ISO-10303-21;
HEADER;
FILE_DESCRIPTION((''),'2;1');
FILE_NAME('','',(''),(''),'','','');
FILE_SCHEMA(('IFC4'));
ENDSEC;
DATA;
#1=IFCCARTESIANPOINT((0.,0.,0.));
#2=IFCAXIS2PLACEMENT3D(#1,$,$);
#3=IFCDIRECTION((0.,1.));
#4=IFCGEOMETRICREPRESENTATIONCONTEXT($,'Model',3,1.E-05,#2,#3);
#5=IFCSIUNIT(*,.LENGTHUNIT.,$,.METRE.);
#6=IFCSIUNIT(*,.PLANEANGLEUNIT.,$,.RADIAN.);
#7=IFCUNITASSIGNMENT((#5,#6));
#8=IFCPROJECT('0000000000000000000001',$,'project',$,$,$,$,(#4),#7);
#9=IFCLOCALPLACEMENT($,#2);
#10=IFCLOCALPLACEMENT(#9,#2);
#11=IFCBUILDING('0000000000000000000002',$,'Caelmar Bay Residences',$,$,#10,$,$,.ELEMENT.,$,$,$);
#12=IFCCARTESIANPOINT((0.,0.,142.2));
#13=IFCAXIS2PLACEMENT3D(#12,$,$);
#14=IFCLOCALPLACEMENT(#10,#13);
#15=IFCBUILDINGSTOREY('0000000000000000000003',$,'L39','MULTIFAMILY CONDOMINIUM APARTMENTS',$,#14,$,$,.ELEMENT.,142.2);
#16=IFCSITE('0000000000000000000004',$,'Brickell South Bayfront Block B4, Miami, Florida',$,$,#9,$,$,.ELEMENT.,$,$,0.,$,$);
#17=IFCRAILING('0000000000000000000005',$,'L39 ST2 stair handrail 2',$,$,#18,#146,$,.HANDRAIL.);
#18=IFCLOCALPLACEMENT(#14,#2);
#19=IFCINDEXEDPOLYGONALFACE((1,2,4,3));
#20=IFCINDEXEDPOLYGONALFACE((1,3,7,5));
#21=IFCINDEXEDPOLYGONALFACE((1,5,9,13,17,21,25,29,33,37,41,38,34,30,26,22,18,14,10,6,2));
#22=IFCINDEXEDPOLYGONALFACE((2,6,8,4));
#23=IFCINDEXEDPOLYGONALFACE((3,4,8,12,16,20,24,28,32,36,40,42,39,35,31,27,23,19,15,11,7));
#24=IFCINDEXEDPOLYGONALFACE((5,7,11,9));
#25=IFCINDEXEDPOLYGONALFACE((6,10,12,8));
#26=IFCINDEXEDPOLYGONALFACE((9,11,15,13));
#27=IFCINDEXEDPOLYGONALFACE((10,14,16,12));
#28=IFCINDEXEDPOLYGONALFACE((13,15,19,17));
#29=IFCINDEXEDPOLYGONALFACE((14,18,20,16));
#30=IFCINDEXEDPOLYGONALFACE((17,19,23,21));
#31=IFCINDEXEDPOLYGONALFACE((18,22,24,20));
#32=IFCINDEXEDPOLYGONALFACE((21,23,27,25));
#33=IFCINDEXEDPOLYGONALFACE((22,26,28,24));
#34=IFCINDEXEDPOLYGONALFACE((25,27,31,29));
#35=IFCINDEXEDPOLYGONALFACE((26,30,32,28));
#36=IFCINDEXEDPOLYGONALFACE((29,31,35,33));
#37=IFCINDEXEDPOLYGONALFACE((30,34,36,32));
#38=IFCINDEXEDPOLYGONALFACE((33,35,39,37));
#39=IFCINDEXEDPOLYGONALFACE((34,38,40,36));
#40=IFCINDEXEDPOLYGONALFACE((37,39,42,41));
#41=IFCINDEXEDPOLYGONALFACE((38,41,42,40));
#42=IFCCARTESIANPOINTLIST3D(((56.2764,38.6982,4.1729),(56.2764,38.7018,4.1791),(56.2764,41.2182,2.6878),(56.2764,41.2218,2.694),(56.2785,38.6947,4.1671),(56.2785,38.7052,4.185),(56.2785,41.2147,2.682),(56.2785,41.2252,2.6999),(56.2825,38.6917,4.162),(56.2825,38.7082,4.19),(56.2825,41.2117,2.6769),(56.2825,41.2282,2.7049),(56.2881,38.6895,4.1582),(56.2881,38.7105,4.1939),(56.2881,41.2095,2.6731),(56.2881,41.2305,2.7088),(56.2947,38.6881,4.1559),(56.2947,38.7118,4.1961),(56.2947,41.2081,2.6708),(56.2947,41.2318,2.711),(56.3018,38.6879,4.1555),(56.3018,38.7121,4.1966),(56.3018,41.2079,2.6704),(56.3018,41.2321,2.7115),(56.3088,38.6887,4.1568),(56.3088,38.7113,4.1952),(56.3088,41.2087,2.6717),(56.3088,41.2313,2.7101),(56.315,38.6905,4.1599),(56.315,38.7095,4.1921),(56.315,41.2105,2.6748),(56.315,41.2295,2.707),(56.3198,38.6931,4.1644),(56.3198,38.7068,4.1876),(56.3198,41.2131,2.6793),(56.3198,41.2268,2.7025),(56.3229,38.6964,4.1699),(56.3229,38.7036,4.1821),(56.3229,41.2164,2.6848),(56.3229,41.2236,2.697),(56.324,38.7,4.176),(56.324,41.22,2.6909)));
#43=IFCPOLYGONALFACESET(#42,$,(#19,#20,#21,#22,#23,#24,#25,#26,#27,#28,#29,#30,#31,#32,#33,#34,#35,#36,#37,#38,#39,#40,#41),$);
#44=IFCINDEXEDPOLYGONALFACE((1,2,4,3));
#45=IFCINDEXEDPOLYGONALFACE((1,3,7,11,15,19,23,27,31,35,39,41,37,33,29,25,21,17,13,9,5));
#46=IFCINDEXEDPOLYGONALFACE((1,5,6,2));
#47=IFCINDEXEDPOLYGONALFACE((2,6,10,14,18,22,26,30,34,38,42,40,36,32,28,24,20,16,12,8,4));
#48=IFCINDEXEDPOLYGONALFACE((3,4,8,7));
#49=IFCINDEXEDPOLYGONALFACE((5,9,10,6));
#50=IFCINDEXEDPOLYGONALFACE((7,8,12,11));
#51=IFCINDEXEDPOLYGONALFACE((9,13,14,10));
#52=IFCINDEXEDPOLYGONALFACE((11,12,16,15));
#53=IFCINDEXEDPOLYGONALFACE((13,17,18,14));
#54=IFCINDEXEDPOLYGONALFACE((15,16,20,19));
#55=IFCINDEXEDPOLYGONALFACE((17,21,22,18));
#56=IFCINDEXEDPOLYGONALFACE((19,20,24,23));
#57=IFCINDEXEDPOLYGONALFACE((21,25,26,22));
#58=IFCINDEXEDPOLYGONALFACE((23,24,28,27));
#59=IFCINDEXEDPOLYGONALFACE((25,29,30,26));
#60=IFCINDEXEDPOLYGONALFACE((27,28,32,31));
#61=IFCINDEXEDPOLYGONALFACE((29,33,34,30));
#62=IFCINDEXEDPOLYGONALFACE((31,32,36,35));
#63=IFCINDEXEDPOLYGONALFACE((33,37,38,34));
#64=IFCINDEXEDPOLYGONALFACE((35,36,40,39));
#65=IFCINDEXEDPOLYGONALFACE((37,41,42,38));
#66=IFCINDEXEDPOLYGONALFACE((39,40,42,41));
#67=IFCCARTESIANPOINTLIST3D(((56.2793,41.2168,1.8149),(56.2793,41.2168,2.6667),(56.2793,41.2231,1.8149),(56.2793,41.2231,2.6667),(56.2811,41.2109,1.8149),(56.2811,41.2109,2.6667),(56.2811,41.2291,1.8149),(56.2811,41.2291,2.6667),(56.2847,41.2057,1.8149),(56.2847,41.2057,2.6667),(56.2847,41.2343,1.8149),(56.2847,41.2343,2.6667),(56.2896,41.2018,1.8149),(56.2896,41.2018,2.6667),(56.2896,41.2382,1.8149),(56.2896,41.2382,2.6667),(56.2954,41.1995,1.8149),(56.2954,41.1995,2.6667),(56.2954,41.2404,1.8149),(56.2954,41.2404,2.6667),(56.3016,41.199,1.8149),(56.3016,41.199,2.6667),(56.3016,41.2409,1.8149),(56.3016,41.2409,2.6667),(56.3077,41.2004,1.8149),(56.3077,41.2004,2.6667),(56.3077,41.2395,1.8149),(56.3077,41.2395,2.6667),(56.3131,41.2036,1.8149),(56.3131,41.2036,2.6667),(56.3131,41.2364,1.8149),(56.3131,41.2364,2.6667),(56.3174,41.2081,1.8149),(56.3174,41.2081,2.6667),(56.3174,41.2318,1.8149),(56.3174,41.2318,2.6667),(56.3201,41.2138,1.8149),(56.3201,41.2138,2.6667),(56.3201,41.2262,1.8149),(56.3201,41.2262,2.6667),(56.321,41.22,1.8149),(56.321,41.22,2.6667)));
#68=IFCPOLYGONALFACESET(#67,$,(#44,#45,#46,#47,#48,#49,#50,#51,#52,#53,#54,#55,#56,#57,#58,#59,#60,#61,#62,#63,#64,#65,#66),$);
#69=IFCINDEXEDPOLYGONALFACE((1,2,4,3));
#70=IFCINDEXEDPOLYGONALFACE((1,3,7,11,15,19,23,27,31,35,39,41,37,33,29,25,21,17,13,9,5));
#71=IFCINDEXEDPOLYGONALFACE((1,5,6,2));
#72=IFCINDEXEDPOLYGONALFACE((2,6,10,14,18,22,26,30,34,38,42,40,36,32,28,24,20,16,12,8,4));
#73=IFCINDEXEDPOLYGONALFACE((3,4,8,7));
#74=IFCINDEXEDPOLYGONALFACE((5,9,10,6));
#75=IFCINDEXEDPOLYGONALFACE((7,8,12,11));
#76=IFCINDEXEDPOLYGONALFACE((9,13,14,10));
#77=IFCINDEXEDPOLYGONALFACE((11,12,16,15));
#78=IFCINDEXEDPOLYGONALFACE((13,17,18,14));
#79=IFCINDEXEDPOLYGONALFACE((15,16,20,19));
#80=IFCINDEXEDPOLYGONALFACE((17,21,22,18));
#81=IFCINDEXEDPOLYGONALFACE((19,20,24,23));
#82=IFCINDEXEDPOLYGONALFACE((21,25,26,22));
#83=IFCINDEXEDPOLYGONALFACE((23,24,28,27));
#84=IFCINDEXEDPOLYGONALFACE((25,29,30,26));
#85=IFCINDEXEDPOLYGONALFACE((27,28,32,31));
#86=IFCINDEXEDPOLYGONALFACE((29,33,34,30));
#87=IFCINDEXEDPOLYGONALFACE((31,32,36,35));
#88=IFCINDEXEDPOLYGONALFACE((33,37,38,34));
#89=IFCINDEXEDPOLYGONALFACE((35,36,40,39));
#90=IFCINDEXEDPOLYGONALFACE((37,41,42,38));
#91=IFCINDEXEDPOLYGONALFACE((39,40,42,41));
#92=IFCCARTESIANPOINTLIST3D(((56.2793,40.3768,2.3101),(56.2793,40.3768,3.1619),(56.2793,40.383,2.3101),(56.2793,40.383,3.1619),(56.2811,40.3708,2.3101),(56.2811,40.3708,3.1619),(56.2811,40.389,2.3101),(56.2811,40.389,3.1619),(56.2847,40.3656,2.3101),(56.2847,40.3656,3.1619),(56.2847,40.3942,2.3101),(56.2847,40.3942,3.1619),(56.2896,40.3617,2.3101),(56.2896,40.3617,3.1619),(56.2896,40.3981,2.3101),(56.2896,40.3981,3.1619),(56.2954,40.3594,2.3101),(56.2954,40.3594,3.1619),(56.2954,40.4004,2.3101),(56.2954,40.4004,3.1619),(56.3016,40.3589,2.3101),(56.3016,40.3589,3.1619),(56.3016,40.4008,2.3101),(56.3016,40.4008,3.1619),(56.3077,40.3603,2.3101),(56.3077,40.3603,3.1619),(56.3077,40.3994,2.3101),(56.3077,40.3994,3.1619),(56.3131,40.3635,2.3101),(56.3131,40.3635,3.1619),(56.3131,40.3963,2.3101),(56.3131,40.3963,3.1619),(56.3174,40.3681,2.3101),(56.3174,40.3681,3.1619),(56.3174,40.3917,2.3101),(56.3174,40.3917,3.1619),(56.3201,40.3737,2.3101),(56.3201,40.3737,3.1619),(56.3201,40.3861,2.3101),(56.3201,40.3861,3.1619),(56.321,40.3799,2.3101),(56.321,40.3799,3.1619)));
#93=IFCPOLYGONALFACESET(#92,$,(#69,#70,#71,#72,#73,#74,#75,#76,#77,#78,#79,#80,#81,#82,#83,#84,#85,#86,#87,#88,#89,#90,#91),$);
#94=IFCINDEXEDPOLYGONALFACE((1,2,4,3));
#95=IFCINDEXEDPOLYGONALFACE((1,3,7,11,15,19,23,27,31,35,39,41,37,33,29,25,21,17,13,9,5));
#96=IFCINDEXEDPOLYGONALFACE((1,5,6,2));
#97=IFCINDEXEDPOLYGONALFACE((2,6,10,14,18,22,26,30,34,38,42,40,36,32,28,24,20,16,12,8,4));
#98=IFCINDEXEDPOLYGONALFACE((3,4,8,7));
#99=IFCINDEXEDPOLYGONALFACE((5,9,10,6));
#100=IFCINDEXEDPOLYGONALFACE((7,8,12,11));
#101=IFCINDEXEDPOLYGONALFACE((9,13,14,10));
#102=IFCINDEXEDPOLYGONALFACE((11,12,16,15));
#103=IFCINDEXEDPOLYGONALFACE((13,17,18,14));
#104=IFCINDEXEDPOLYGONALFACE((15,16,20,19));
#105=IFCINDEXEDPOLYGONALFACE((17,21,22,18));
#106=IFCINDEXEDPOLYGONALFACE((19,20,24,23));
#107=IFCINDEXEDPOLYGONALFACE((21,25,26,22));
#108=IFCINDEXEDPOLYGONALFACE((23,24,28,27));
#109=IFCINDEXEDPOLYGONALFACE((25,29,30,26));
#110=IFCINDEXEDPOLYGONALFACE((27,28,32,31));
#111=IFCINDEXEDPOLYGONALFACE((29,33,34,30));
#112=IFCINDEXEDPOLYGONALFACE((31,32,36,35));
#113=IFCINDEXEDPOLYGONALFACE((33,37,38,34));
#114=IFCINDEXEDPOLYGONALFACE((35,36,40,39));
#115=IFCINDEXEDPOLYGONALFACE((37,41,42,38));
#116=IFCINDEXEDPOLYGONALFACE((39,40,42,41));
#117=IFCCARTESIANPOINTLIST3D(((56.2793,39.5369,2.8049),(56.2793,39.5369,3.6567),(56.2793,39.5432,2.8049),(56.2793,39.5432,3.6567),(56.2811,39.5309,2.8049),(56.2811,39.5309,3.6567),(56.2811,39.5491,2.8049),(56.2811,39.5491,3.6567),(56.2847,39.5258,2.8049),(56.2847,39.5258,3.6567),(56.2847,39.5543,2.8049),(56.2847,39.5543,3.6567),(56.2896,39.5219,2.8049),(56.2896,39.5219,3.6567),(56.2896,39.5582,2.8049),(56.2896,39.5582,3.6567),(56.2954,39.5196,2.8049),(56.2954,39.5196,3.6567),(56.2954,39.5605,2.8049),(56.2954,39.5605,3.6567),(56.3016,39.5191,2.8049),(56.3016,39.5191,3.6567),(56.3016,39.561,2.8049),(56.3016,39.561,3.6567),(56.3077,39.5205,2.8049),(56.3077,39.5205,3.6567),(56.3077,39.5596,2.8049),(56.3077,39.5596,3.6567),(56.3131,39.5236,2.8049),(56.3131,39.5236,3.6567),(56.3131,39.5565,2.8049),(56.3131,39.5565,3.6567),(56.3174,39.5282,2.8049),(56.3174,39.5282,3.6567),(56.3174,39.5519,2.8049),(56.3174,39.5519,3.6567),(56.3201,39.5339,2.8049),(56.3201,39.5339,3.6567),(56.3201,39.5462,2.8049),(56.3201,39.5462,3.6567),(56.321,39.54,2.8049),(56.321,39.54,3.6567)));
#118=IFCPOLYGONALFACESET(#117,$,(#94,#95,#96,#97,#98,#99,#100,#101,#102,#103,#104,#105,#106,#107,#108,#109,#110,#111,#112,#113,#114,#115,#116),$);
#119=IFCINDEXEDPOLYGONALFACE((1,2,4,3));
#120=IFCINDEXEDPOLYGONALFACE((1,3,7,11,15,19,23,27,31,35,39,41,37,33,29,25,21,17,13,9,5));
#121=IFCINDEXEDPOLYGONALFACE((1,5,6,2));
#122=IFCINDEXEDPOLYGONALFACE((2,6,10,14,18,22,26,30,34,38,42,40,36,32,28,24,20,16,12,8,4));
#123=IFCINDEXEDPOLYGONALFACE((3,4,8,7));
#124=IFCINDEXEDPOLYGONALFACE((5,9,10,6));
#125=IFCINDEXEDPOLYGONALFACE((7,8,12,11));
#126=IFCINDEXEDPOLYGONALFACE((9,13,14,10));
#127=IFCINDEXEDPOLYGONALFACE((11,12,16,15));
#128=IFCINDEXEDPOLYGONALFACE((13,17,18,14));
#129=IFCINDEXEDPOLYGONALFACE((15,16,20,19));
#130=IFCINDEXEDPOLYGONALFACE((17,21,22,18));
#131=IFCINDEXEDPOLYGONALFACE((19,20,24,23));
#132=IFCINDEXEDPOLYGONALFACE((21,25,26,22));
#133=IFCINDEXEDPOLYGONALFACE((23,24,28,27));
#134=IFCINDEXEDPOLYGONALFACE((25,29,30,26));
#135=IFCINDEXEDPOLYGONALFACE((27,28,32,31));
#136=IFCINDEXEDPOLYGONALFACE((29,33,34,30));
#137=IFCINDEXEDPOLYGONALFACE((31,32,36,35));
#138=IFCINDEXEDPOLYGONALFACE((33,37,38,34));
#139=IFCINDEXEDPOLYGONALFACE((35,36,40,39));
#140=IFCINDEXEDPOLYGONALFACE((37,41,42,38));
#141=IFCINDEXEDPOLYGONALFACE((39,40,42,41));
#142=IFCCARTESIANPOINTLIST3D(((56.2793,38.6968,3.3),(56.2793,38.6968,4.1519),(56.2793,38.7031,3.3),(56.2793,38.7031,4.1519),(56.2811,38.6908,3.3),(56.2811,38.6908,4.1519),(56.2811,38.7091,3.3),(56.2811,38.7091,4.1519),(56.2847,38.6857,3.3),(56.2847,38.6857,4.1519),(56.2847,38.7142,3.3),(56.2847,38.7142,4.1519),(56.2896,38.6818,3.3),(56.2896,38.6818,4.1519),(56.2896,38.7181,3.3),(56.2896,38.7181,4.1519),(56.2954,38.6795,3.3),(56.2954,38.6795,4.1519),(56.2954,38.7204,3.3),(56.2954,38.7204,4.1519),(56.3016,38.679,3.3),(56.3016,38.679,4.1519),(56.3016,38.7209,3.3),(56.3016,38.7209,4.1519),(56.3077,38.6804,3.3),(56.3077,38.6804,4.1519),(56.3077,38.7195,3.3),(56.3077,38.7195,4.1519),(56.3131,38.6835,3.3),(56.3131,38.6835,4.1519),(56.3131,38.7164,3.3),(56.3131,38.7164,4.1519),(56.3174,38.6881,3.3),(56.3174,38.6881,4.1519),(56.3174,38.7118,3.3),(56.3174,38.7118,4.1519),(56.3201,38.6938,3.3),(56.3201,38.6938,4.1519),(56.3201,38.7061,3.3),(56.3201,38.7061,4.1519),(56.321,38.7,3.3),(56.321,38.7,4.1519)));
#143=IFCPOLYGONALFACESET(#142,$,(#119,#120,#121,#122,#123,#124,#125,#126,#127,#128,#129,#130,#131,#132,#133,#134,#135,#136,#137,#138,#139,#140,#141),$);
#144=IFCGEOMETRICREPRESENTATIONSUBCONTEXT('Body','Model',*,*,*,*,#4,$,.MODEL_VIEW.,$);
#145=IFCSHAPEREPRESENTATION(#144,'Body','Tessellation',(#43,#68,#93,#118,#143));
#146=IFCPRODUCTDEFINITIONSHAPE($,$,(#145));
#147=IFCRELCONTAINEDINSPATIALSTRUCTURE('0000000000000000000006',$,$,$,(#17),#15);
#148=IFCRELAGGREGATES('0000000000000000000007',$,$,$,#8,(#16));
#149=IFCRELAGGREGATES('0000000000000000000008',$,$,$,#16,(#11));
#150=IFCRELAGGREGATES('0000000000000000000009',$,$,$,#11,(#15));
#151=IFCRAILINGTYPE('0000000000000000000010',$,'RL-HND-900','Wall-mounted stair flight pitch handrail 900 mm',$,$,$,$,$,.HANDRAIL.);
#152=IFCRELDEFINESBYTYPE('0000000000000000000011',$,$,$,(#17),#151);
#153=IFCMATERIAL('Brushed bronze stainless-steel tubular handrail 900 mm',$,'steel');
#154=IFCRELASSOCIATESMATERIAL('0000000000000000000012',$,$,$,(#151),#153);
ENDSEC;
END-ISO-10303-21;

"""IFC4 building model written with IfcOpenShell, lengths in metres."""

from ifc_helpers import new_model, si_unit, direction, frame, origin, origin_2d, place, context, subcontext, project, spatial, circle, extrude, material, type_object, element, save


model = new_model("IFC4")

# Units and contexts
model_context = context("Model", 3, precision=1e-05, world=origin(), true_north=direction((0.0, 1.0)))
body_context = subcontext(model_context, "Body", "Model", "MODEL_VIEW")
ifc_project = project(units=[si_unit("LENGTHUNIT", "METRE"), si_unit("PLANEANGLEUNIT", "RADIAN")], contexts=[model_context])

# Site, building, storey
site_placement = place(None, origin())
site = spatial("IfcSite", under=ifc_project, at=site_placement, Name="Brickell South Bayfront Block B4, Miami, Florida", CompositionType="ELEMENT", RefElevation=0.0)
building_placement = place(site_placement, origin())
building = spatial("IfcBuilding", under=site, at=building_placement, Name="Caelmar Bay Residences", CompositionType="ELEMENT")
storey_placement = place(building_placement, frame((0.0, 0.0, 142.2)))
storey = spatial("IfcBuildingStorey", under=building, at=storey_placement, Name="L39", Description="MULTIFAMILY CONDOMINIUM APARTMENTS", CompositionType="ELEMENT", Elevation=142.2)

# Railing
ifc_material_1 = material(Name="Brushed bronze stainless-steel tubular handrail 900 mm", Category="steel")
railing_type_1 = type_object("IfcRailingType", Name="RL-HND-900", Description="Wall-mounted stair flight pitch handrail 900 mm", PredefinedType="HANDRAIL", material=ifc_material_1)
railing_1_placement = place(storey_placement, frame((56.3, 41.22, 1.8149)))
element("IfcRailing", 1, at=railing_1_placement, inside=storey, type_object=railing_type_1, Name="L39 ST2 stair handrail 2", PredefinedType="HANDRAIL", context=body_context, shape_type="SweptSolid", body=[
    extrude(circle(Radius=0.0239, at=origin_2d()), frame((0.0, 0.0, 0.876), z_axis=(0.0, -0.861524, 0.507717), x_axis=(1.0, 0.0, 0.0)), (0.0, 0.0, 1.0), 2.925),
    extrude(circle(Radius=0.021, at=origin_2d()), origin(), (0.0, 0.0, 1.0), 0.8518),
    extrude(circle(Radius=0.021, at=origin_2d()), frame((0.0, -0.8401, 0.4951)), (0.0, 0.0, 1.0), 0.8518),
    extrude(circle(Radius=0.021, at=origin_2d()), frame((0.0, -1.6799, 0.99)), (0.0, 0.0, 1.0), 0.8518),
    extrude(circle(Radius=0.021, at=origin_2d()), frame((0.0, -2.52, 1.4851)), (0.0, 0.0, 1.0), 0.8518),
])

save(model, "model.ifc")
